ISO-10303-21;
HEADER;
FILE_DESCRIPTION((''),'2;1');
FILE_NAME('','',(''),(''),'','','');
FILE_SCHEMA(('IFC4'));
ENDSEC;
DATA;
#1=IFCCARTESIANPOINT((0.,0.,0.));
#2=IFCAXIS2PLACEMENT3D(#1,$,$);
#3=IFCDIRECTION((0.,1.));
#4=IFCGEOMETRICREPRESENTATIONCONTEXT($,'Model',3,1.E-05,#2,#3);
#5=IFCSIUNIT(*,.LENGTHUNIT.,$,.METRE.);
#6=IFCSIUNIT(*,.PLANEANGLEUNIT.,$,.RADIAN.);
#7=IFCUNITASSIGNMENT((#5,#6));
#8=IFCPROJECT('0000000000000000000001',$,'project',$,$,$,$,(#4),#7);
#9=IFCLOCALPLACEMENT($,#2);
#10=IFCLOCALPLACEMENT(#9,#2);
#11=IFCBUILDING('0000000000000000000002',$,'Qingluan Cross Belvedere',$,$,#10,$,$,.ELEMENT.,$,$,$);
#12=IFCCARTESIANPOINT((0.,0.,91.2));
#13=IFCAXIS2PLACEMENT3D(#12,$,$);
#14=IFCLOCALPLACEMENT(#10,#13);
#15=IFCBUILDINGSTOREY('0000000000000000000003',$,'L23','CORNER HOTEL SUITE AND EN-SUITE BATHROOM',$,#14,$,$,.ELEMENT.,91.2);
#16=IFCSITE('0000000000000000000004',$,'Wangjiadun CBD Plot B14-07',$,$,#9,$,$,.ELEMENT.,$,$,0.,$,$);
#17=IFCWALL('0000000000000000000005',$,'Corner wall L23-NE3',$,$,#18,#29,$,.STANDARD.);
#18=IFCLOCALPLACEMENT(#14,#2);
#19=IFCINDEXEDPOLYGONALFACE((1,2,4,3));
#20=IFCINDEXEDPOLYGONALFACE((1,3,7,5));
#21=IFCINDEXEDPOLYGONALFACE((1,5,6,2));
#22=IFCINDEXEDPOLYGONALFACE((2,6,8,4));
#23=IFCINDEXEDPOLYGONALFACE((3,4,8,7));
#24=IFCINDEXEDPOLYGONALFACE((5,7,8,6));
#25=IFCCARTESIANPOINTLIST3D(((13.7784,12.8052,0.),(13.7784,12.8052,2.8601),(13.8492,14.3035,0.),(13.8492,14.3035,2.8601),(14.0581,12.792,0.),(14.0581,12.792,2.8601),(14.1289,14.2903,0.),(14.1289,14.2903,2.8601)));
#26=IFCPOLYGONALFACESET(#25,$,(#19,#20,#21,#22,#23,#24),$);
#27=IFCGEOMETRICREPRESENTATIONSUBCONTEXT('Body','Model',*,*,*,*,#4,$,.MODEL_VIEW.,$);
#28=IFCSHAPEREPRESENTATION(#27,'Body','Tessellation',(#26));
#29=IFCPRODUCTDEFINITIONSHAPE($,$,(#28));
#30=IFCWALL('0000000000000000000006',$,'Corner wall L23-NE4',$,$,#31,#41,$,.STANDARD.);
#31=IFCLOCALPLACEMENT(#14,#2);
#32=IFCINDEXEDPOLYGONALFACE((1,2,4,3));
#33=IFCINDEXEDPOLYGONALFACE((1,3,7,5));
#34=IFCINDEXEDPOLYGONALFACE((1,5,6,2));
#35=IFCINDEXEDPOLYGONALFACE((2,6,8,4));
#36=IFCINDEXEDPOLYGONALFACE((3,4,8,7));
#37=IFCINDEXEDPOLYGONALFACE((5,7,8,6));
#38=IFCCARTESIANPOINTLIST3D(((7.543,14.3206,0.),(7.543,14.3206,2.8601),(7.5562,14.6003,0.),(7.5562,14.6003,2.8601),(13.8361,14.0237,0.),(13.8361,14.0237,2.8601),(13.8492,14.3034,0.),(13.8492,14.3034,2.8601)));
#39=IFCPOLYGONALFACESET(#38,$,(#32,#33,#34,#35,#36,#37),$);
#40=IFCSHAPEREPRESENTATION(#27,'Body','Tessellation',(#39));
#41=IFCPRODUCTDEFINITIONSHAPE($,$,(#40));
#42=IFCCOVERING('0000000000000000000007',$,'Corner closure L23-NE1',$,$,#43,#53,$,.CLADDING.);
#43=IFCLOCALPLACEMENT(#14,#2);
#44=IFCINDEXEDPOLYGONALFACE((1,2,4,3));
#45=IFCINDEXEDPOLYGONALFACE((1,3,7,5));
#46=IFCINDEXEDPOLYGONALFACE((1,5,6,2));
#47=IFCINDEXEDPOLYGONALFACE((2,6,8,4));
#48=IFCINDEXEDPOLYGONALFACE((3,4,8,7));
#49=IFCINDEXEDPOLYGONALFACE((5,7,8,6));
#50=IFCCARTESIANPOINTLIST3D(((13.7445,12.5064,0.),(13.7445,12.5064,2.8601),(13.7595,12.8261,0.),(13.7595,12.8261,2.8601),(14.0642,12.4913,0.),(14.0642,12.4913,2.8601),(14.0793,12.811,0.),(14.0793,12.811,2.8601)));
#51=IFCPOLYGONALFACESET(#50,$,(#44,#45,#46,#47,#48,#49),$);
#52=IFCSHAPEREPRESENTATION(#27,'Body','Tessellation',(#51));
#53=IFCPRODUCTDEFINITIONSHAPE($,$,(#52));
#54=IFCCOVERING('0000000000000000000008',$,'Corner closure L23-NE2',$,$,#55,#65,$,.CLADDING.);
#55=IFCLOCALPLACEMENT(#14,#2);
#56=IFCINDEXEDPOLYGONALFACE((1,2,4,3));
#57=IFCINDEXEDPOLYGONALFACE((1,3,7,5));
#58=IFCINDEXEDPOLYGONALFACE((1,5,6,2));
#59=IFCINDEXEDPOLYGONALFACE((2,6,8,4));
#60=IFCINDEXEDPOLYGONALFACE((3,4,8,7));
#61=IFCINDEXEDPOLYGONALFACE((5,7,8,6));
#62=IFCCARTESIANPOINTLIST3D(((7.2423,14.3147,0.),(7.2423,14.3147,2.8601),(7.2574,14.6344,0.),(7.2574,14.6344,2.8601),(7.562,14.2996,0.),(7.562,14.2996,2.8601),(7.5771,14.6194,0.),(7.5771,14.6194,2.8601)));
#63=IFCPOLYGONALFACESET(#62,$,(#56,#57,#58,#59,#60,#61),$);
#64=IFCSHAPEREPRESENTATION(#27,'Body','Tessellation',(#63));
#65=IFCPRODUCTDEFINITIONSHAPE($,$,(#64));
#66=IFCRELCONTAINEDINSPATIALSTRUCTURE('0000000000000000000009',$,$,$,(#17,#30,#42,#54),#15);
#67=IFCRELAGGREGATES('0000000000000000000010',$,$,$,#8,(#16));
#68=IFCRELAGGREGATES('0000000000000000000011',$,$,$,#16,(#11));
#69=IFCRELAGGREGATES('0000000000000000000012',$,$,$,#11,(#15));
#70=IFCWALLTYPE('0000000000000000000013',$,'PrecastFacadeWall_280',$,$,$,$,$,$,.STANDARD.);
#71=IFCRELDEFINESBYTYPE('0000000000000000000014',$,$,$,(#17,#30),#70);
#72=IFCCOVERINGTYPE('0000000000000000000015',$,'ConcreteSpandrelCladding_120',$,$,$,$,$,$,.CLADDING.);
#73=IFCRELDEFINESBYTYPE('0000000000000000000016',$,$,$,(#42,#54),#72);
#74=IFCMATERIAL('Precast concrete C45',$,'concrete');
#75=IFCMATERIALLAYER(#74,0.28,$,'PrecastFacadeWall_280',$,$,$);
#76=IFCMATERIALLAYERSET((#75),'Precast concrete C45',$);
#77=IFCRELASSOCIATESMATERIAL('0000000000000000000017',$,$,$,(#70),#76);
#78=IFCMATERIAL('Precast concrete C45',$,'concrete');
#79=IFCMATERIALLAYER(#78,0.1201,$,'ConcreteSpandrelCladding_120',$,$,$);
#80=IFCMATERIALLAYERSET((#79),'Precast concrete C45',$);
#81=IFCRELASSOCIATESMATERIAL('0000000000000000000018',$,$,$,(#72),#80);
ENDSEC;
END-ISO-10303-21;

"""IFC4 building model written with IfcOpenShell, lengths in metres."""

from ifc_helpers import new_model, si_unit, direction, frame, frame_2d, origin, origin_2d, place, context, subcontext, project, spatial, rectangle, extrude, material, layer, layer_set, type_object, element, save


model = new_model("IFC4")

# Units and contexts
model_context = context("Model", 3, precision=1e-05, world=origin(), true_north=direction((0.0, 1.0)))
body_context = subcontext(model_context, "Body", "Model", "MODEL_VIEW")
ifc_project = project(units=[si_unit("LENGTHUNIT", "METRE"), si_unit("PLANEANGLEUNIT", "RADIAN")], contexts=[model_context])

# Site, building, storey
site_placement = place(None, origin())
site = spatial("IfcSite", under=ifc_project, at=site_placement, Name="Wangjiadun CBD Plot B14-07", CompositionType="ELEMENT", RefElevation=0.0)
building_placement = place(site_placement, origin())
building = spatial("IfcBuilding", under=site, at=building_placement, Name="Qingluan Cross Belvedere", CompositionType="ELEMENT")
storey_placement = place(building_placement, frame((0.0, 0.0, 91.2)))
storey = spatial("IfcBuildingStorey", under=building, at=storey_placement, Name="L23", Description="CORNER HOTEL SUITE AND EN-SUITE BATHROOM", CompositionType="ELEMENT", Elevation=91.2)

# Shared definitions
ifc_material_1 = material(Name="Precast concrete C45", Category="concrete")
ifc_layer_1 = layer(ifc_material_1, 0.28, Name="PrecastFacadeWall_280")
ifc_layer_set_1 = layer_set([ifc_layer_1], Name="Precast concrete C45")
wall_type_1 = type_object("IfcWallType", Name="PrecastFacadeWall_280", PredefinedType="STANDARD", material=ifc_layer_set_1)

# Walls
wall_1_placement = place(storey_placement, frame((13.9182, 12.7986, 0.0), z_axis=(0.0, 0.0, 1.0), x_axis=(0.047202, 0.998885, 0.0)))
element("IfcWall", 1, at=wall_1_placement, inside=storey, type_object=wall_type_1, Name="Corner wall L23-NE3", PredefinedType="STANDARD", context=body_context, shape_type="SweptSolid", body=[
    extrude(rectangle(XDim=1.5, YDim=0.28, at=frame_2d((0.75, 0.0))), origin(), (0.0, 0.0, 1.0), 2.8601),
])
wall_2_placement = place(storey_placement, frame((13.8425, 14.1636, 0.0), z_axis=(0.0, 0.0, 1.0), x_axis=(-0.998889, 0.047123, 0.0)))
element("IfcWall", 2, at=wall_2_placement, inside=storey, type_object=wall_type_1, Name="Corner wall L23-NE4", PredefinedType="STANDARD", context=body_context, shape_type="SweptSolid", body=[
    extrude(rectangle(XDim=6.3, YDim=0.28, at=frame_2d((3.1499, 0.0))), origin(), (0.0, 0.0, 1.0), 2.8601),
])

# Coverings
ifc_material_2 = material(Name="Precast concrete C45", Category="concrete")
ifc_layer_2 = layer(ifc_material_2, 0.1201, Name="ConcreteSpandrelCladding_120")
ifc_layer_set_2 = layer_set([ifc_layer_2], Name="Precast concrete C45")
covering_type = type_object("IfcCoveringType", Name="ConcreteSpandrelCladding_120", PredefinedType="CLADDING", material=ifc_layer_set_2)
for number, where, z_axis, x_axis, name in (
    (3, (13.9119, 12.6587, 0.0), (0.0, 0.0, 1.0), (0.99889, -0.047106, 0.0), "Corner closure L23-NE1"),
    (4, (7.4097, 14.467, 0.0), (0.0, 0.0, 1.0), (0.99889, -0.047106, 0.0), "Corner closure L23-NE2"),
):
    element("IfcCovering", number, at=place(storey_placement, frame(where, z_axis=z_axis, x_axis=x_axis)), inside=storey, type_object=covering_type, Name=name, PredefinedType="CLADDING", context=body_context, shape_type="SweptSolid", body=[
        extrude(rectangle(XDim=0.3201, YDim=0.3201, at=origin_2d()), origin(), (0.0, 0.0, 1.0), 2.8601),
    ])

save(model, "model.ifc")
